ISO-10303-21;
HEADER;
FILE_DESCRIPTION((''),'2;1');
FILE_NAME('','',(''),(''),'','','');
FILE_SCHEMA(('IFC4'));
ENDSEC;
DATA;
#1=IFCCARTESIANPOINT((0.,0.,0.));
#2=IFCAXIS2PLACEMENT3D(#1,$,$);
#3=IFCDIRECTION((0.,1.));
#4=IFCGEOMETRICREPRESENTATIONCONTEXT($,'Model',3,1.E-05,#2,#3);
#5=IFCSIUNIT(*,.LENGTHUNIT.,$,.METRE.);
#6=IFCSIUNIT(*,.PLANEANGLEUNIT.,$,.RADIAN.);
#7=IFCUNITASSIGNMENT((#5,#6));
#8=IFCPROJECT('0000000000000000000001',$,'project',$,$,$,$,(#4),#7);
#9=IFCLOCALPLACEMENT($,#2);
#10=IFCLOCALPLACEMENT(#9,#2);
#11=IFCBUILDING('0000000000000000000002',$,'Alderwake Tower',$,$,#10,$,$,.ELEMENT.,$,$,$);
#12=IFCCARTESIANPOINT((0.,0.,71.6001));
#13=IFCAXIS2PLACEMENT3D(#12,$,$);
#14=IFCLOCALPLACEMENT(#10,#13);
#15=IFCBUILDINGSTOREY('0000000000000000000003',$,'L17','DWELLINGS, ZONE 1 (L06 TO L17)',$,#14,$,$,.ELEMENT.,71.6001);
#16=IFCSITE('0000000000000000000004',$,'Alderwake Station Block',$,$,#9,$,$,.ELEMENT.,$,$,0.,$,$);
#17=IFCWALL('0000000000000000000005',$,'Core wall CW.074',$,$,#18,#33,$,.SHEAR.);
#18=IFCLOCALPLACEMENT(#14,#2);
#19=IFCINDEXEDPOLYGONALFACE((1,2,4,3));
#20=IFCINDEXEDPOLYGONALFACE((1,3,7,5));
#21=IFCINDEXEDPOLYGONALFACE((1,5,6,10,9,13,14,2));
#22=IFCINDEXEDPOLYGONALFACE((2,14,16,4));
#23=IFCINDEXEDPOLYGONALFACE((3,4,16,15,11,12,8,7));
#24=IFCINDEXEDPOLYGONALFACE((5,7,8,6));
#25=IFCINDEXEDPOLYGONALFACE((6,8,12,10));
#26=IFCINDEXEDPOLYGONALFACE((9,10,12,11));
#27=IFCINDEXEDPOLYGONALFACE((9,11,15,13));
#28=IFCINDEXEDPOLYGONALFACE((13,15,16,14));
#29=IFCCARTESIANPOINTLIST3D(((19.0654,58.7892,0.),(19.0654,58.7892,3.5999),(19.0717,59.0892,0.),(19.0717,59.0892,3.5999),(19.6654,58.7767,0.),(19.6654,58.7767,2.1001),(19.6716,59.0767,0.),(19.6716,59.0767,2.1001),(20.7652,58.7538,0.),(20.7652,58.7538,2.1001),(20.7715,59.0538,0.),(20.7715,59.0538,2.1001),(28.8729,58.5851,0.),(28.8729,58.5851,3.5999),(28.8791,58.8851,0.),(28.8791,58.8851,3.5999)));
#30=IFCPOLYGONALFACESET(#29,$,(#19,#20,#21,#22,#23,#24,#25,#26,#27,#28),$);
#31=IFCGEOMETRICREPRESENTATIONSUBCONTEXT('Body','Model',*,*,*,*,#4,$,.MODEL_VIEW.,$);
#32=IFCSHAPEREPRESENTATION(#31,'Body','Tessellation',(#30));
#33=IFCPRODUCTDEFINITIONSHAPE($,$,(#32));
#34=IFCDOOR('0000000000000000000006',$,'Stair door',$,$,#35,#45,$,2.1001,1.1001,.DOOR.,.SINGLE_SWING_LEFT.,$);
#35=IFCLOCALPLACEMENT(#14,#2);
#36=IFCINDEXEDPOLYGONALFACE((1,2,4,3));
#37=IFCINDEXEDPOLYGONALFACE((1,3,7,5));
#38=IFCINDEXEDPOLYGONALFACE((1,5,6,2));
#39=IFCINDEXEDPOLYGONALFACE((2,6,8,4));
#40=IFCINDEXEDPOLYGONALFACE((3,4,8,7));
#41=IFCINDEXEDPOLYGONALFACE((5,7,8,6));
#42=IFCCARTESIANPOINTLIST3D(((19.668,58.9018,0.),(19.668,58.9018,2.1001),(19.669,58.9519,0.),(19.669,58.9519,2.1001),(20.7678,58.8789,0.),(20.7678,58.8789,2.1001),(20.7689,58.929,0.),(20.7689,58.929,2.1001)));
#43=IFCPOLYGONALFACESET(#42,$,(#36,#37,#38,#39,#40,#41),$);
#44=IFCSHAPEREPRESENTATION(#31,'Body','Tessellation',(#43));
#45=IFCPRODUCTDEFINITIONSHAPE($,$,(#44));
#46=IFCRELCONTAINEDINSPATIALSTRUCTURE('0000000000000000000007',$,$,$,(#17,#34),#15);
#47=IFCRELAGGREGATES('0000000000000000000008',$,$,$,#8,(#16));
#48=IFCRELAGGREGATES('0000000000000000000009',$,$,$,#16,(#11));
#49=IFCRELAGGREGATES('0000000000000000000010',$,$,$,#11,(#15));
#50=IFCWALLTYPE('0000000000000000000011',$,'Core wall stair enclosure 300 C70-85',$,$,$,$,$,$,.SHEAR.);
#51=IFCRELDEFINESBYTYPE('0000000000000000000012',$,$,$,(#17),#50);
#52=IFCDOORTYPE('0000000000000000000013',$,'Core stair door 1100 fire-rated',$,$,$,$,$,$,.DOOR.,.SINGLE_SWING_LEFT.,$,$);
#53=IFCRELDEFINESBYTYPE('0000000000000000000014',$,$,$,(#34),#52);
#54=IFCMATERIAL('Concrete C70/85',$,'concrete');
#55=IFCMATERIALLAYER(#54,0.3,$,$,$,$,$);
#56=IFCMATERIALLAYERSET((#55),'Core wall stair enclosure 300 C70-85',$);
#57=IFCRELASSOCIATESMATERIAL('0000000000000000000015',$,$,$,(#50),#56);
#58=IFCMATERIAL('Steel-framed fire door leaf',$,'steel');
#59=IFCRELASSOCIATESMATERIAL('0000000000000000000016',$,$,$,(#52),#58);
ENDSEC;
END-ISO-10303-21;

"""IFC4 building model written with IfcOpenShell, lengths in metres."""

from ifc_helpers import new_model, si_unit, direction, frame, frame_2d, origin, place, context, subcontext, project, spatial, rectangle, extrude, material, layer, layer_set, type_object, element, fill, save


model = new_model("IFC4")

# Units and contexts
model_context = context("Model", 3, precision=1e-05, world=origin(), true_north=direction((0.0, 1.0)))
body_context = subcontext(model_context, "Body", "Model", "MODEL_VIEW")
ifc_project = project(units=[si_unit("LENGTHUNIT", "METRE"), si_unit("PLANEANGLEUNIT", "RADIAN")], contexts=[model_context])

# Site, building, storey
site_placement = place(None, origin())
site = spatial("IfcSite", under=ifc_project, at=site_placement, Name="Alderwake Station Block", CompositionType="ELEMENT", RefElevation=0.0)
building_placement = place(site_placement, origin())
building = spatial("IfcBuilding", under=site, at=building_placement, Name="Alderwake Tower", CompositionType="ELEMENT")
storey_placement = place(building_placement, frame((0.0, 0.0, 71.6001)))
storey = spatial("IfcBuildingStorey", under=building, at=storey_placement, Name="L17", Description="DWELLINGS, ZONE 1 (L06 TO L17)", CompositionType="ELEMENT", Elevation=71.6001)

# Wall, opening, door
ifc_material_1 = material(Name="Concrete C70/85", Category="concrete")
ifc_layer_1 = layer(ifc_material_1, 0.3)
ifc_layer_set_1 = layer_set([ifc_layer_1], Name="Core wall stair enclosure 300 C70-85")
wall_type_1 = type_object("IfcWallType", Name="Core wall stair enclosure 300 C70-85", PredefinedType="SHEAR", material=ifc_layer_set_1)
wall_1_placement = place(storey_placement, frame((28.876, 58.7351, 0.0), z_axis=(0.0, 0.0, 1.0), x_axis=(-0.999784, 0.020807, 0.0)))
wall_1 = element("IfcWall", 1, at=wall_1_placement, inside=storey, type_object=wall_type_1, Name="Core wall CW.074", PredefinedType="SHEAR", context=body_context, shape_type="SweptSolid", body=[
    extrude(rectangle(XDim=9.8096, YDim=0.3, at=frame_2d((4.9048, 0.0))), origin(), (0.0, 0.0, 1.0), 3.5999),
])
opening_1_placement = place(wall_1_placement, frame((8.1094, 0.0, 0.0)))
opening_1 = element("IfcOpeningElement", 2, at=opening_1_placement, cuts=wall_1, PredefinedType="OPENING", context=body_context, shape_type="SweptSolid", body=[
    extrude(rectangle(XDim=1.1001, YDim=2.1001, at=frame_2d((0.55, 1.05))), frame((0.0, 0.1599, 0.0), z_axis=(0.0, -1.0, 0.0), x_axis=(1.0, 0.0, 0.0)), (0.0, 0.0, 1.0), 0.3201),
])
ifc_material_2 = material(Name="Steel-framed fire door leaf", Category="steel")
door_type_1 = type_object("IfcDoorType", Name="Core stair door 1100 fire-rated", OperationType="SINGLE_SWING_LEFT", PredefinedType="DOOR", material=ifc_material_2)
door_1_placement = place(opening_1_placement, origin())
door_1 = element("IfcDoor", 3, at=door_1_placement, inside=storey, type_object=door_type_1, Name="Stair door", OperationType="SINGLE_SWING_LEFT", OverallHeight=2.1001, OverallWidth=1.1001, PredefinedType="DOOR", context=body_context, shape_type="SweptSolid", body=[
    extrude(rectangle(XDim=1.1001, YDim=2.1001, at=frame_2d((0.55, 1.05))), frame((0.0, 0.0249, 0.0), z_axis=(0.0, -1.0, 0.0), x_axis=(1.0, 0.0, 0.0)), (0.0, 0.0, 1.0), 0.05),
])
fill(opening_1, door_1)

save(model, "model.ifc")
